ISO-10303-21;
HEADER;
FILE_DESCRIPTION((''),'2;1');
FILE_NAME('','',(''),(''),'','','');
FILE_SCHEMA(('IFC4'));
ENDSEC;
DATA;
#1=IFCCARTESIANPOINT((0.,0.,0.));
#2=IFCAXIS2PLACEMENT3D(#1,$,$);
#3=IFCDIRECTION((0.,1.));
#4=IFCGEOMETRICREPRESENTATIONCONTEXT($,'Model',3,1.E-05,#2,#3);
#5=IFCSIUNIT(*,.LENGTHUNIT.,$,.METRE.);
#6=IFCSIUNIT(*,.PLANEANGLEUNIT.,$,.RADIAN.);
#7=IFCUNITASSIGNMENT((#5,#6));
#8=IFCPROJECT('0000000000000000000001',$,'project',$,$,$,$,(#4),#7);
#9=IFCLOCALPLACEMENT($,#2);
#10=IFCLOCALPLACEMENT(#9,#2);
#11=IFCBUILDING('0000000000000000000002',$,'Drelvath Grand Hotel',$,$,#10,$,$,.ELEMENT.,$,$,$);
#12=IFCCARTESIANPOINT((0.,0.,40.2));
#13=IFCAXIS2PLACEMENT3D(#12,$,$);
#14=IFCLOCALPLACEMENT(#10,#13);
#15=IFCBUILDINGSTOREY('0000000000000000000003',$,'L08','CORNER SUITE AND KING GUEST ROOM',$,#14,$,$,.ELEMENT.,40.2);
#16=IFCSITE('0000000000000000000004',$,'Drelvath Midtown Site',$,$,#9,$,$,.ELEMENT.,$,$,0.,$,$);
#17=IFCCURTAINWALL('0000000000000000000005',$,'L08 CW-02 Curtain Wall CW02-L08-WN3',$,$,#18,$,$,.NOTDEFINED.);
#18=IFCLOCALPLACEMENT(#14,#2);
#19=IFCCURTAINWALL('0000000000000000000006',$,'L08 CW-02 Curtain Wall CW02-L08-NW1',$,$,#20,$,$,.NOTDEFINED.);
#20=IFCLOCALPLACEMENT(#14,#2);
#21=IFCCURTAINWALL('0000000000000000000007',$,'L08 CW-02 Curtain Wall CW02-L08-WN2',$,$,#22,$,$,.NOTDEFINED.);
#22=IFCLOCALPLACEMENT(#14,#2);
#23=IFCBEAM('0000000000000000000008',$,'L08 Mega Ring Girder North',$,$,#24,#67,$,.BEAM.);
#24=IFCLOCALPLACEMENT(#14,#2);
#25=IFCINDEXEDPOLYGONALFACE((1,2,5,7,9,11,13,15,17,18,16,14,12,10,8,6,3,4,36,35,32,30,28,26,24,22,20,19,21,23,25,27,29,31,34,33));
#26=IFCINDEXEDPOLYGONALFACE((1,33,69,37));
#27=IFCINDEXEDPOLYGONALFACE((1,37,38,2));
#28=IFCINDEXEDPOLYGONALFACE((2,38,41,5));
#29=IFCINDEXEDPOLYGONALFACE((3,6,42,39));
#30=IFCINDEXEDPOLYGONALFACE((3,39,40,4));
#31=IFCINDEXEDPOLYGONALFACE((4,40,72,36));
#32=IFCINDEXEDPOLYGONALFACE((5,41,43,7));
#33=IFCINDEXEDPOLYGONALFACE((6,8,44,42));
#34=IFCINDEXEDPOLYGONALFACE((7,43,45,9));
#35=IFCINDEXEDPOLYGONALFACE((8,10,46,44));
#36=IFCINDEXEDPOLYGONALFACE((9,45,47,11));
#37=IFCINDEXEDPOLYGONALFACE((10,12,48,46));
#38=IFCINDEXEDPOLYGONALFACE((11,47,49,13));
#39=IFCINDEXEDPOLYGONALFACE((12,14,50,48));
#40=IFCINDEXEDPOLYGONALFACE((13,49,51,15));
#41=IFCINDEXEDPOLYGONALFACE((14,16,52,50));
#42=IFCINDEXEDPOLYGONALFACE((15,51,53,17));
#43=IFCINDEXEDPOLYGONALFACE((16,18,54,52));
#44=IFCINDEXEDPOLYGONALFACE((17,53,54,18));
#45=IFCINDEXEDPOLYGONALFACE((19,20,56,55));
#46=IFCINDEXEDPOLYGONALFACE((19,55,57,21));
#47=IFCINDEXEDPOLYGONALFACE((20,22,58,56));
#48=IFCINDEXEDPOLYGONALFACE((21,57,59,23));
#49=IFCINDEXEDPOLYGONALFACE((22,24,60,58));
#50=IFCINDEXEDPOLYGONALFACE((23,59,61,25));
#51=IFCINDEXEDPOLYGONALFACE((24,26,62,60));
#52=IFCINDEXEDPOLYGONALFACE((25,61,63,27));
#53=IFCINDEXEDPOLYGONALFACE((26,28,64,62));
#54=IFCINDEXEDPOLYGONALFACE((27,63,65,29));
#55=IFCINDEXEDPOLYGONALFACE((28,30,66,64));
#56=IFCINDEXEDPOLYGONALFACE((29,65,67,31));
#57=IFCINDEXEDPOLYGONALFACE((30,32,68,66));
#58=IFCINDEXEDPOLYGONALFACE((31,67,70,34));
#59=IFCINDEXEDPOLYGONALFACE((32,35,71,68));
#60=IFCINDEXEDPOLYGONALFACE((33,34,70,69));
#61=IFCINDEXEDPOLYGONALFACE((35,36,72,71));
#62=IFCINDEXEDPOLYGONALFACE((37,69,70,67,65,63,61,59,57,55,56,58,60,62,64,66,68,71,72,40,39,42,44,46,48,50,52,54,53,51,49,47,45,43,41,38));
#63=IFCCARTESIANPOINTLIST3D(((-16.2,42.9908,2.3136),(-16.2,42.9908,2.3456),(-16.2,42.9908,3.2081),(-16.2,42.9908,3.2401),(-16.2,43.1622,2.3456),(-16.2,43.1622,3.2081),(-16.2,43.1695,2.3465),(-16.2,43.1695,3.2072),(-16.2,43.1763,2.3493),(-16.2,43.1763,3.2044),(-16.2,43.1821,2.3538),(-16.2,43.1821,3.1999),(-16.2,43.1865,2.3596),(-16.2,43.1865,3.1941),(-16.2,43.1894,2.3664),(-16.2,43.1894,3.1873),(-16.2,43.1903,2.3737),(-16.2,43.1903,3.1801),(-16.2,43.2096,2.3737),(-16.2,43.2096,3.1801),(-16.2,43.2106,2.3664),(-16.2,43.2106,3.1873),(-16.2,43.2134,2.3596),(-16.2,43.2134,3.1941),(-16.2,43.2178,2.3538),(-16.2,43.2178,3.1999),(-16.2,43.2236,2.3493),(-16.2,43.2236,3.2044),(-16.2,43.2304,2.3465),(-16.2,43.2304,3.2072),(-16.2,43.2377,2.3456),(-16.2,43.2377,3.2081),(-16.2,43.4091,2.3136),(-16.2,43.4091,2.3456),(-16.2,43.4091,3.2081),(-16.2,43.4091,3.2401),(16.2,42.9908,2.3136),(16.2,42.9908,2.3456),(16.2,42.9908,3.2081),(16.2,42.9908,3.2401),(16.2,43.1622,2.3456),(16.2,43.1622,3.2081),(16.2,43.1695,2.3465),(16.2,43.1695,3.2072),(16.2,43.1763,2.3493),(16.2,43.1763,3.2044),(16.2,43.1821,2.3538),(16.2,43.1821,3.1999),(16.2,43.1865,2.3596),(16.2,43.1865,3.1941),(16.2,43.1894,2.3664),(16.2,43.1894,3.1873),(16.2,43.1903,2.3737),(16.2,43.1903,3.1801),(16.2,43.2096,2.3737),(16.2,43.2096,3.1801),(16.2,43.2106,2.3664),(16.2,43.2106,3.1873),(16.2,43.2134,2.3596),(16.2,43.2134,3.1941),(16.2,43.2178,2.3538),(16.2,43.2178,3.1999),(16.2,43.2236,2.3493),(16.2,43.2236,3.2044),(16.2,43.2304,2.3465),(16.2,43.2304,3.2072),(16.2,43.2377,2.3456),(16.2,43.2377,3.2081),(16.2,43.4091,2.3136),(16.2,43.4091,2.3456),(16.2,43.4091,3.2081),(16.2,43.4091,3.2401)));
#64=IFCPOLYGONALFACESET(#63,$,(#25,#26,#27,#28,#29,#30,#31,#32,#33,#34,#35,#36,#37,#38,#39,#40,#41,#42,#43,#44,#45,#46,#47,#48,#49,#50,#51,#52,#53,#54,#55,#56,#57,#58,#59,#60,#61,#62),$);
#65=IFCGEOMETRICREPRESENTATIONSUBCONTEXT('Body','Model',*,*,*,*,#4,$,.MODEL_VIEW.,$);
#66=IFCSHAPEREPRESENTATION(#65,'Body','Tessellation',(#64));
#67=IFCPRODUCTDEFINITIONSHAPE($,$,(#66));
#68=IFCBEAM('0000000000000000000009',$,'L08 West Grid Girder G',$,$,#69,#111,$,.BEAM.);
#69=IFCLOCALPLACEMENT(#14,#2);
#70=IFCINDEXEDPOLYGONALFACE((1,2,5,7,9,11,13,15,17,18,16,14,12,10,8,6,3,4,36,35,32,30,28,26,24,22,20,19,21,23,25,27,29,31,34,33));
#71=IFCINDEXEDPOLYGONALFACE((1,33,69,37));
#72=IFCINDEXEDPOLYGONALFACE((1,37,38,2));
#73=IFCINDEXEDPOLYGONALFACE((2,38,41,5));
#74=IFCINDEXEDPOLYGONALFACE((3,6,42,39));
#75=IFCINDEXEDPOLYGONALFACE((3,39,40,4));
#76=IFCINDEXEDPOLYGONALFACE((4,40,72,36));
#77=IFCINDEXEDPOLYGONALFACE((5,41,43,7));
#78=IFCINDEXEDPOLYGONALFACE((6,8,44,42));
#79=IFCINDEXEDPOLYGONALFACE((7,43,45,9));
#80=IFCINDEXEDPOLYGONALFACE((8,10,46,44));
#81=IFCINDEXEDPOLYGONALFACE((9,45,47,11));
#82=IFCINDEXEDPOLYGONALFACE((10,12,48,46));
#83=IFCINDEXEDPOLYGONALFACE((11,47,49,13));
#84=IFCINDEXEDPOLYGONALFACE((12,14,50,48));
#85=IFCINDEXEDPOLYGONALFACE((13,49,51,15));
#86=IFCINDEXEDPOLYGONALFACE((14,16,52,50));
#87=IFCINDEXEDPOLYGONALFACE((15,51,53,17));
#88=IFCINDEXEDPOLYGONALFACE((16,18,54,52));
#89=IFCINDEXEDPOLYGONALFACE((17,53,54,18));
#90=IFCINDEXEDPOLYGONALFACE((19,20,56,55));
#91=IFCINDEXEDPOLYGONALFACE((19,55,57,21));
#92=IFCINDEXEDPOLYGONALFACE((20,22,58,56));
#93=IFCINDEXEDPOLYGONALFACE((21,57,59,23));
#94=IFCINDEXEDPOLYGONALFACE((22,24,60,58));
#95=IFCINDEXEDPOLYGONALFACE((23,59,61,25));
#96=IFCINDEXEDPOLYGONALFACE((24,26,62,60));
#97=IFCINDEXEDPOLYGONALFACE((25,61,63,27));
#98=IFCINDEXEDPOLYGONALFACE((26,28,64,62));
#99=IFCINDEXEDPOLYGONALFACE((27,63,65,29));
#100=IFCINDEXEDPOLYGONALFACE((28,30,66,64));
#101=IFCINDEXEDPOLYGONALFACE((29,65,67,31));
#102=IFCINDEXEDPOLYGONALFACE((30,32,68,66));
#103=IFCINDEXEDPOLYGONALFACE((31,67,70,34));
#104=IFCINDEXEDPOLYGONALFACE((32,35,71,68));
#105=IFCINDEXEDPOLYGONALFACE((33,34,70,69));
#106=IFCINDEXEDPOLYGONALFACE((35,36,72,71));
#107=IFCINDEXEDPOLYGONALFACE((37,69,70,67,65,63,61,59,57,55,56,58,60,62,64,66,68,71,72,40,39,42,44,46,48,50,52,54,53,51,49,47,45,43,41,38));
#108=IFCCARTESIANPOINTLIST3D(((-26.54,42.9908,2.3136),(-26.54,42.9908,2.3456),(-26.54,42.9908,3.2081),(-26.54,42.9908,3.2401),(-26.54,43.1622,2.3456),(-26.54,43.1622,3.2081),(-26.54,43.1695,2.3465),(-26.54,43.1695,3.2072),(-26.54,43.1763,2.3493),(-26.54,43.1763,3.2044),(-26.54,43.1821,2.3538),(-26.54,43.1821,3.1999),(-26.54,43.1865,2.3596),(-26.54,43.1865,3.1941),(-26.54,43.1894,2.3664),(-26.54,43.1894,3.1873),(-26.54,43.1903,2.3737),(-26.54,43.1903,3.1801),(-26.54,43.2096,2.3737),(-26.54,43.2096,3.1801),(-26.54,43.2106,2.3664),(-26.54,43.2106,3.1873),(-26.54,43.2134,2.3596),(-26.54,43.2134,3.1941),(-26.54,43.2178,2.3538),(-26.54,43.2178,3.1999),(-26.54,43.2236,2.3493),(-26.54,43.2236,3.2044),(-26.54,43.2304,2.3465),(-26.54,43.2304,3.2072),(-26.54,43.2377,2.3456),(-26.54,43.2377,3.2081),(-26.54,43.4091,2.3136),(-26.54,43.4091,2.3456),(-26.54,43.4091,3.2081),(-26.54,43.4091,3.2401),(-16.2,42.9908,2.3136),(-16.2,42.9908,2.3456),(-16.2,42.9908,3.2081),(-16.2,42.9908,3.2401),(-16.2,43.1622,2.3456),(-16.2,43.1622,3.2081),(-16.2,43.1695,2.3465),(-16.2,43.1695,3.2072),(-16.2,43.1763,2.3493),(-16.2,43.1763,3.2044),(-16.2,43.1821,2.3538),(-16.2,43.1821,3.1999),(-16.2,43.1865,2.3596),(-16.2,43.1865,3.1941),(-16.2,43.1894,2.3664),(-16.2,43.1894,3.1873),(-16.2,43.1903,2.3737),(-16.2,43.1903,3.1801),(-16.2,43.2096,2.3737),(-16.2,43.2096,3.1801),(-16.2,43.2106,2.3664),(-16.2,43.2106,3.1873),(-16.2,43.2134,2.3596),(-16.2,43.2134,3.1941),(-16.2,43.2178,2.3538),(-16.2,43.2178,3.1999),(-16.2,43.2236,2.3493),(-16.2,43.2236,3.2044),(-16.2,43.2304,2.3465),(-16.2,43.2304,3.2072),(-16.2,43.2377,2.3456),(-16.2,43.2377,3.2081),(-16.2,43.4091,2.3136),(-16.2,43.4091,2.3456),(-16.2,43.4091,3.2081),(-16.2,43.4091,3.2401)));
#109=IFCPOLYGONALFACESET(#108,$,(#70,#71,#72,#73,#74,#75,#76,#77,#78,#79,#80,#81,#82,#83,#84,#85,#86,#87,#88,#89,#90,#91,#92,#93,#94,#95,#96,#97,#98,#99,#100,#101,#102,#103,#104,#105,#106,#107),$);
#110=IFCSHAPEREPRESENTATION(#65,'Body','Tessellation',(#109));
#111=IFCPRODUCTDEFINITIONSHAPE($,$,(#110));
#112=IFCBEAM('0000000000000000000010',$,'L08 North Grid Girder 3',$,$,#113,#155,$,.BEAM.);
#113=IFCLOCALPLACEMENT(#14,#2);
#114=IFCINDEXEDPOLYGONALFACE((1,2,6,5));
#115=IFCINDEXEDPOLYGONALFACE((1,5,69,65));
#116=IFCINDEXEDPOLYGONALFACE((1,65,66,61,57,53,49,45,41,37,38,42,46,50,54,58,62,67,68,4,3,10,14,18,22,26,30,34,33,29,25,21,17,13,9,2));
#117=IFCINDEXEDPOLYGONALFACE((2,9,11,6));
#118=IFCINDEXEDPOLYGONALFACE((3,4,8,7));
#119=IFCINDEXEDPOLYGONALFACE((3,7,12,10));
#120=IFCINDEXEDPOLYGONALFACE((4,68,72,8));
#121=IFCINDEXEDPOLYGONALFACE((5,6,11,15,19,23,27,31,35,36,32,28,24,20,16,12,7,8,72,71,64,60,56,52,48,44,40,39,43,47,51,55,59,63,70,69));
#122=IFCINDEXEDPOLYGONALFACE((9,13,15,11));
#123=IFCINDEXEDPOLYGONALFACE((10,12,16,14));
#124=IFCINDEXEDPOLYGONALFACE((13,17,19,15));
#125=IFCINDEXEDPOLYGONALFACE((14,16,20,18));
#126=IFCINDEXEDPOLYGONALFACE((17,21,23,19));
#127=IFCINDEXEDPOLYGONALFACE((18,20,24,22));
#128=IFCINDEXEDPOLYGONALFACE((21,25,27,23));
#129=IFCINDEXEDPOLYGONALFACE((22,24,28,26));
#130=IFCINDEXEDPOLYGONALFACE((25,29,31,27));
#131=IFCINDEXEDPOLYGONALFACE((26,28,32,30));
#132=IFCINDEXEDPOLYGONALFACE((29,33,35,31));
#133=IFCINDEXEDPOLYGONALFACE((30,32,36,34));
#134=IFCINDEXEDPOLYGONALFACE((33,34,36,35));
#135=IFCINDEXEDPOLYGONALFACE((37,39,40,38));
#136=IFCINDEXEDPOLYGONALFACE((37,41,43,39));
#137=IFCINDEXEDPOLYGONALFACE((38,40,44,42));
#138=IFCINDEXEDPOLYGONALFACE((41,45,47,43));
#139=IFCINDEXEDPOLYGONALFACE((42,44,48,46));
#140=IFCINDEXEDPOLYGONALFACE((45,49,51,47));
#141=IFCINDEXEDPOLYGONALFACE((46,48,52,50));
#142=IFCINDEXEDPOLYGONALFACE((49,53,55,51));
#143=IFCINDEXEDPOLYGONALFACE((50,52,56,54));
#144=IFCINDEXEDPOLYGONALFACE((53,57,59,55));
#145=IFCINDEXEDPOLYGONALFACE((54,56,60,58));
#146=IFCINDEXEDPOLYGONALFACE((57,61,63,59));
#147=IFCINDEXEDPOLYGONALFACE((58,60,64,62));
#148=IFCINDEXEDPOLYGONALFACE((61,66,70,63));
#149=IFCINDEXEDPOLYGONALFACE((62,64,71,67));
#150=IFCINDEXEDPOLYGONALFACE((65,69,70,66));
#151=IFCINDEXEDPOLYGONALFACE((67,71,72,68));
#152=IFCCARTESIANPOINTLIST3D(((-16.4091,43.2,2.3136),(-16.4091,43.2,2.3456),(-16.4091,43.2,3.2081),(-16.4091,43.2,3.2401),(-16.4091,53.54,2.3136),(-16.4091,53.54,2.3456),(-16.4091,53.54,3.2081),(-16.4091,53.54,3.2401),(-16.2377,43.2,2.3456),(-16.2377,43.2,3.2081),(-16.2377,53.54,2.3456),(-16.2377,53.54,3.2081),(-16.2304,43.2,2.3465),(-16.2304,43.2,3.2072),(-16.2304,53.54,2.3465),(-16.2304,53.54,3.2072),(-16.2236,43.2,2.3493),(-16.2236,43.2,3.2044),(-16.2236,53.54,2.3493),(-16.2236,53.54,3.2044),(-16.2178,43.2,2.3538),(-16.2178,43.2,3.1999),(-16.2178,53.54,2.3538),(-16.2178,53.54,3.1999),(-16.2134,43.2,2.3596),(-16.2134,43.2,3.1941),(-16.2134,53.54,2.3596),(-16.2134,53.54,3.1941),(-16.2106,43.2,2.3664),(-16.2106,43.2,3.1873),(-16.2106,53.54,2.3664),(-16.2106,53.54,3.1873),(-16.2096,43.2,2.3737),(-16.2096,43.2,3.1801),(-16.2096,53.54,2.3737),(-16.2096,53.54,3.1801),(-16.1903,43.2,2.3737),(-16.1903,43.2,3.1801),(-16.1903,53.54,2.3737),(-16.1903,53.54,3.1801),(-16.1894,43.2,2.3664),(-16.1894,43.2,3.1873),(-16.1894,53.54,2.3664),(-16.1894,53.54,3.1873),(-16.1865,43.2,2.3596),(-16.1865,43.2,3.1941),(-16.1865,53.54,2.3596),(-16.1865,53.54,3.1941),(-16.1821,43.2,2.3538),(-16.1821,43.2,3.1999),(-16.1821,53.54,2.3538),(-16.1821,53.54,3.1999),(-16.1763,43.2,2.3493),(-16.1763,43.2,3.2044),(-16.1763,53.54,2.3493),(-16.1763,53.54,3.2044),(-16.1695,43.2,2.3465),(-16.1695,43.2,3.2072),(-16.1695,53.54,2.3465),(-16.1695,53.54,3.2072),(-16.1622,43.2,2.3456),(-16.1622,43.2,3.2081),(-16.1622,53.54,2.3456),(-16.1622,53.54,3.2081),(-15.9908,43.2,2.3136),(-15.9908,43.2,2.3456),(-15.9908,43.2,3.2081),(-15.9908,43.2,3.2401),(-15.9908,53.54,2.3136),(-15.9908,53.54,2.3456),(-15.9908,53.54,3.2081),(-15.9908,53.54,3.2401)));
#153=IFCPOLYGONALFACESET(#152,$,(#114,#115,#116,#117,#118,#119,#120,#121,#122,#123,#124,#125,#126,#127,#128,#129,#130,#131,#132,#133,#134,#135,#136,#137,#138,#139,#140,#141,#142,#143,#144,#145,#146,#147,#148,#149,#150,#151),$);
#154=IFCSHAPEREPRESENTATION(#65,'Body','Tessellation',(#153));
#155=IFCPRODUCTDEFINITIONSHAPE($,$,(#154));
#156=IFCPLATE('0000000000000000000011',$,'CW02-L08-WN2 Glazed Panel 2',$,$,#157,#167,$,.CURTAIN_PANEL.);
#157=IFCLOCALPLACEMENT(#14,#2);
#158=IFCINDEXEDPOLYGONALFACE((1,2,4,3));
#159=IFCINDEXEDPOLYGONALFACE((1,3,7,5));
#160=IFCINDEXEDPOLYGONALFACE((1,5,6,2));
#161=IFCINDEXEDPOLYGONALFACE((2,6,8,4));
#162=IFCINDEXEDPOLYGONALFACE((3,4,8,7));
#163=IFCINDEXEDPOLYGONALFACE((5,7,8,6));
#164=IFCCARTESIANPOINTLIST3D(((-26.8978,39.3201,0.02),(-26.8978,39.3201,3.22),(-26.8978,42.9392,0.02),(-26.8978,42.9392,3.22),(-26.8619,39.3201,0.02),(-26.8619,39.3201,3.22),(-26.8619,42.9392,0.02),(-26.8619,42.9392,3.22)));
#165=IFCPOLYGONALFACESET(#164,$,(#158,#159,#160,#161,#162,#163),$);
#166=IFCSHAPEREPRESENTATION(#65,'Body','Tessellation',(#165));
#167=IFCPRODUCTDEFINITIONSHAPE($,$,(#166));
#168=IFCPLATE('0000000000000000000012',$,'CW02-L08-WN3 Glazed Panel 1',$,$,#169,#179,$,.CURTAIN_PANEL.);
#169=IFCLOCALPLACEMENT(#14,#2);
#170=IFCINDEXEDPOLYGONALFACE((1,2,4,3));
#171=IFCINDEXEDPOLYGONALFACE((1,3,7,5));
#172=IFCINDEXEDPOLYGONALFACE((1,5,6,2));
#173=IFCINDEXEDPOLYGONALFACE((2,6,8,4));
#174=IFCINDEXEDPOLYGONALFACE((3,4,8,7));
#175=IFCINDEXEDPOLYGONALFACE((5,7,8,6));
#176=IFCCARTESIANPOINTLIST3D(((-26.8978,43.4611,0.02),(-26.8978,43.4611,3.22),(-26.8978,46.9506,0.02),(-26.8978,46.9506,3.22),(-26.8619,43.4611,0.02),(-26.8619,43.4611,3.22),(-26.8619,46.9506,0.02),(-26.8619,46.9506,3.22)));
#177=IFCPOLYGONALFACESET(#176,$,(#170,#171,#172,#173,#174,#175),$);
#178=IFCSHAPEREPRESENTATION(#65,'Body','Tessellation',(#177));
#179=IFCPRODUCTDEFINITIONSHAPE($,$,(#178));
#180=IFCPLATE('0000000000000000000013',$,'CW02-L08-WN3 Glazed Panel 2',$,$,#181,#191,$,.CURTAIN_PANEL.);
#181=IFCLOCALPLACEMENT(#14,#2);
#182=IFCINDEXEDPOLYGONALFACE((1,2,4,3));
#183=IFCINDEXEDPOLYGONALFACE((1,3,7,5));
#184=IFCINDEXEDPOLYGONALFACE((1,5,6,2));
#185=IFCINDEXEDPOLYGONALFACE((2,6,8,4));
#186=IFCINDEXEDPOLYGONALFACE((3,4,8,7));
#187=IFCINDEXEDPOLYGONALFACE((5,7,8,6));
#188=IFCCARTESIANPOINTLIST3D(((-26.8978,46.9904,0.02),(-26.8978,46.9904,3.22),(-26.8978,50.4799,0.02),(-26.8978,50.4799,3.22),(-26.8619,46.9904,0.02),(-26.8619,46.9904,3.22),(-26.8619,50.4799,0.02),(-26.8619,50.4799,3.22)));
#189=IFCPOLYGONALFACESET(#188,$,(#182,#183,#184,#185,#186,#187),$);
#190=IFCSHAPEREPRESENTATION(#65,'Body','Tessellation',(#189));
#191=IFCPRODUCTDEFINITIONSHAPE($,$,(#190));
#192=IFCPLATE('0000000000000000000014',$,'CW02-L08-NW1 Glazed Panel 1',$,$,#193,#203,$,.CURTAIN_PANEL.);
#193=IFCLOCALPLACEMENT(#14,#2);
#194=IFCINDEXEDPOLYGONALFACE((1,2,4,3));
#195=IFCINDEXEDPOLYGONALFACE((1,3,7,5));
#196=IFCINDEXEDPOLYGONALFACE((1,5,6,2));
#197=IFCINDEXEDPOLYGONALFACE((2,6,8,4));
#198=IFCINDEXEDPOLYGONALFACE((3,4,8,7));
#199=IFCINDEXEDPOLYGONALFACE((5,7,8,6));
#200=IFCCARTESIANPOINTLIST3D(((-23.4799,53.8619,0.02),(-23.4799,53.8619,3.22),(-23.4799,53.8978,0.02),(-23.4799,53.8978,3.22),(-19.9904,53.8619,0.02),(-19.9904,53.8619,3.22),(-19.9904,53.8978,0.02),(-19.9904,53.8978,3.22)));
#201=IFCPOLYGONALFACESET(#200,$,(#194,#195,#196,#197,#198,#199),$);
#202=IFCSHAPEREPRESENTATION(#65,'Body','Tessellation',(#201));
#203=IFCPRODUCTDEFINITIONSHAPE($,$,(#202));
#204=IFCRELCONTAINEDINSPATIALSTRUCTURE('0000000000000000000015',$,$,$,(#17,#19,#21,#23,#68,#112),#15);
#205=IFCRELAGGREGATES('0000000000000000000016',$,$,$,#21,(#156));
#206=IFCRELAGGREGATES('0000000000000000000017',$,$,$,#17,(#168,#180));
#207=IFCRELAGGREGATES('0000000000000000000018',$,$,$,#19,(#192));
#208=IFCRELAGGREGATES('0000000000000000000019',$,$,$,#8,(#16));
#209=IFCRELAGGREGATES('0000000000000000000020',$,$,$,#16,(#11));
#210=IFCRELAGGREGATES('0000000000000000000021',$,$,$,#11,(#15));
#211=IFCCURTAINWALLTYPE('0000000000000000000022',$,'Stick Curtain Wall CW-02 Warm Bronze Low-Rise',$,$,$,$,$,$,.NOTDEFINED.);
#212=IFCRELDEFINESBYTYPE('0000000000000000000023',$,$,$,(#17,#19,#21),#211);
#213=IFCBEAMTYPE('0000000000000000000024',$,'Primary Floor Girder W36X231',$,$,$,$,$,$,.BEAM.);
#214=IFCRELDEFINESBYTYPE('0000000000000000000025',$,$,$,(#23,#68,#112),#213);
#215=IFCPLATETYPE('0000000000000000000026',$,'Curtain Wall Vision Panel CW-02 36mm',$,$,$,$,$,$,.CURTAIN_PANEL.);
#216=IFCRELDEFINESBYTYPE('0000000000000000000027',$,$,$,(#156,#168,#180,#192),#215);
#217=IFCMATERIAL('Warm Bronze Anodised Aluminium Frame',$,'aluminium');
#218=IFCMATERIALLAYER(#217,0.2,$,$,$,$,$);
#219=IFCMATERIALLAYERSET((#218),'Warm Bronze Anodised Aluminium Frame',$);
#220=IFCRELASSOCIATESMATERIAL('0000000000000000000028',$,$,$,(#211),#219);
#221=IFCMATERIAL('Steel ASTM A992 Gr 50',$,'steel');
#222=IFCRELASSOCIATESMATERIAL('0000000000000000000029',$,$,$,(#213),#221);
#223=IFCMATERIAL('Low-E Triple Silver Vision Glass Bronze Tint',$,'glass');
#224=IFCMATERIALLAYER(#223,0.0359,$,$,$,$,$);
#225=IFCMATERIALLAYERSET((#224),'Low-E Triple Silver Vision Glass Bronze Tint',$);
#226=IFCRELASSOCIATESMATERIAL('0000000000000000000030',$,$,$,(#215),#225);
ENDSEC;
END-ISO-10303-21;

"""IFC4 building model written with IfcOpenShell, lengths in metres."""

from ifc_helpers import new_model, si_unit, direction, frame, origin, origin_2d, place, context, subcontext, project, spatial, rectangle, i_section, extrude, material, layer, layer_set, material_profile, profile_set, type_object, element, aggregate, save


model = new_model("IFC4")

# Units and contexts
model_context = context("Model", 3, precision=1e-05, world=origin(), true_north=direction((0.0, 1.0)))
body_context = subcontext(model_context, "Body", "Model", "MODEL_VIEW")
ifc_project = project(units=[si_unit("LENGTHUNIT", "METRE"), si_unit("PLANEANGLEUNIT", "RADIAN")], contexts=[model_context])

# Site, building, storey
site_placement = place(None, origin())
site = spatial("IfcSite", under=ifc_project, at=site_placement, Name="Drelvath Midtown Site", CompositionType="ELEMENT", RefElevation=0.0)
building_placement = place(site_placement, origin())
building = spatial("IfcBuilding", under=site, at=building_placement, Name="Drelvath Grand Hotel", CompositionType="ELEMENT")
storey_placement = place(building_placement, frame((0.0, 0.0, 40.2)))
storey = spatial("IfcBuildingStorey", under=building, at=storey_placement, Name="L08", Description="CORNER SUITE AND KING GUEST ROOM", CompositionType="ELEMENT", Elevation=40.2)

# Shared definitions
ifc_material_1 = material(Name="Steel ASTM A992 Gr 50", Category="steel")

# Curtain walls
ifc_material_2 = material(Name="Warm Bronze Anodised Aluminium Frame", Category="aluminium")
ifc_layer_1 = layer(ifc_material_2, 0.2)
ifc_layer_set_1 = layer_set([ifc_layer_1], Name="Warm Bronze Anodised Aluminium Frame")
curtain_wall_type = type_object("IfcCurtainWallType", Name="Stick Curtain Wall CW-02 Warm Bronze Low-Rise", PredefinedType="NOTDEFINED", material=ifc_layer_set_1)
curtain_wall_1_placement = place(storey_placement, origin())
curtain_wall_1 = element("IfcCurtainWall", 1, at=curtain_wall_1_placement, inside=storey, type_object=curtain_wall_type, Name="L08 CW-02 Curtain Wall CW02-L08-WN3", PredefinedType="NOTDEFINED")
curtain_wall_2_placement = place(storey_placement, origin())
curtain_wall_2 = element("IfcCurtainWall", 2, at=curtain_wall_2_placement, inside=storey, type_object=curtain_wall_type, Name="L08 CW-02 Curtain Wall CW02-L08-NW1", PredefinedType="NOTDEFINED")

# Curtain wall
curtain_wall_3_placement = place(storey_placement, origin())
curtain_wall_3 = element("IfcCurtainWall", 3, at=curtain_wall_3_placement, inside=storey, type_object=curtain_wall_type, Name="L08 CW-02 Curtain Wall CW02-L08-WN2", PredefinedType="NOTDEFINED")

# Beams
ifc_material_profile_1 = material_profile(ifc_material_1, i_section(OverallWidth=0.4182, OverallDepth=0.9265, WebThickness=0.0193, FlangeThickness=0.032, FilletRadius=0.0281, at=origin_2d()), Name="W36X231")
ifc_profile_set_1 = profile_set([ifc_material_profile_1], Name="Steel ASTM A992 Gr 50")
beam_type_1 = type_object("IfcBeamType", Name="Primary Floor Girder W36X231", PredefinedType="BEAM", material=ifc_profile_set_1)
beam_1_placement = place(storey_placement, frame((-16.2, 43.2, 2.7769), z_axis=(1.0, 0.0, 0.0), x_axis=(0.0, 1.0, 0.0)))
element("IfcBeam", 4, at=beam_1_placement, inside=storey, type_object=beam_type_1, Name="L08 Mega Ring Girder North", PredefinedType="BEAM", context=body_context, shape_type="SweptSolid", body=[
    extrude(i_section(OverallWidth=0.4182, OverallDepth=0.9265, WebThickness=0.0193, FlangeThickness=0.032, FilletRadius=0.0281, at=origin_2d()), origin(), (0.0, 0.0, 1.0), 32.3999),
])
for number, where, z_axis, x_axis, name in (
    (5, (-26.54, 43.2, 2.7769), (1.0, 0.0, 0.0), (0.0, 1.0, 0.0), "L08 West Grid Girder G"),
    (6, (-16.2, 43.2, 2.7769), (0.0, 1.0, 0.0), (-1.0, 0.0, 0.0), "L08 North Grid Girder 3"),
):
    element("IfcBeam", number, at=place(storey_placement, frame(where, z_axis=z_axis, x_axis=x_axis)), inside=storey, type_object=beam_type_1, Name=name, PredefinedType="BEAM", context=body_context, shape_type="SweptSolid", body=[
        extrude(i_section(OverallWidth=0.4182, OverallDepth=0.9265, WebThickness=0.0193, FlangeThickness=0.032, FilletRadius=0.0281, at=origin_2d()), origin(), (0.0, 0.0, 1.0), 10.3401),
    ])

# Plates
ifc_material_3 = material(Name="Low-E Triple Silver Vision Glass Bronze Tint", Category="glass")
ifc_layer_2 = layer(ifc_material_3, 0.0359)
ifc_layer_set_2 = layer_set([ifc_layer_2], Name="Low-E Triple Silver Vision Glass Bronze Tint")
plate_type = type_object("IfcPlateType", Name="Curtain Wall Vision Panel CW-02 36mm", PredefinedType="CURTAIN_PANEL", material=ifc_layer_set_2)
plate_1_placement = place(storey_placement, frame((-26.8799, 41.1296, 0.02), z_axis=(0.0, 0.0, 1.0), x_axis=(0.0, 1.0, 0.0)))
plate_1 = element("IfcPlate", 7, at=plate_1_placement, type_object=plate_type, Name="CW02-L08-WN2 Glazed Panel 2", PredefinedType="CURTAIN_PANEL", context=body_context, shape_type="SweptSolid", body=[
    extrude(rectangle(XDim=3.6191, YDim=0.0359, at=origin_2d()), origin(), (0.0, 0.0, 1.0), 3.2),
])
aggregate(curtain_wall_3, [plate_1])
plate_2_placement = place(storey_placement, frame((-26.8799, 45.2058, 0.02), z_axis=(0.0, 0.0, 1.0), x_axis=(0.0, 1.0, 0.0)))
plate_2 = element("IfcPlate", 8, at=plate_2_placement, type_object=plate_type, Name="CW02-L08-WN3 Glazed Panel 1", PredefinedType="CURTAIN_PANEL", context=body_context, shape_type="SweptSolid", body=[
    extrude(rectangle(XDim=3.4895, YDim=0.0359, at=origin_2d()), origin(), (0.0, 0.0, 1.0), 3.2),
])
plate_3_placement = place(storey_placement, frame((-26.8799, 48.7351, 0.02), z_axis=(0.0, 0.0, 1.0), x_axis=(0.0, 1.0, 0.0)))
plate_3 = element("IfcPlate", 9, at=plate_3_placement, type_object=plate_type, Name="CW02-L08-WN3 Glazed Panel 2", PredefinedType="CURTAIN_PANEL", context=body_context, shape_type="SweptSolid", body=[
    extrude(rectangle(XDim=3.4895, YDim=0.0359, at=origin_2d()), origin(), (0.0, 0.0, 1.0), 3.2),
])
aggregate(curtain_wall_1, [plate_2, plate_3])
plate_4_placement = place(storey_placement, frame((-21.7351, 53.8799, 0.02), z_axis=(0.0, 0.0, 1.0), x_axis=(1.0, 0.0, 0.0)))
plate_4 = element("IfcPlate", 10, at=plate_4_placement, type_object=plate_type, Name="CW02-L08-NW1 Glazed Panel 1", PredefinedType="CURTAIN_PANEL", context=body_context, shape_type="SweptSolid", body=[
    extrude(rectangle(XDim=3.4895, YDim=0.0359, at=origin_2d()), origin(), (0.0, 0.0, 1.0), 3.2),
])
aggregate(curtain_wall_2, [plate_4])

save(model, "model.ifc")
